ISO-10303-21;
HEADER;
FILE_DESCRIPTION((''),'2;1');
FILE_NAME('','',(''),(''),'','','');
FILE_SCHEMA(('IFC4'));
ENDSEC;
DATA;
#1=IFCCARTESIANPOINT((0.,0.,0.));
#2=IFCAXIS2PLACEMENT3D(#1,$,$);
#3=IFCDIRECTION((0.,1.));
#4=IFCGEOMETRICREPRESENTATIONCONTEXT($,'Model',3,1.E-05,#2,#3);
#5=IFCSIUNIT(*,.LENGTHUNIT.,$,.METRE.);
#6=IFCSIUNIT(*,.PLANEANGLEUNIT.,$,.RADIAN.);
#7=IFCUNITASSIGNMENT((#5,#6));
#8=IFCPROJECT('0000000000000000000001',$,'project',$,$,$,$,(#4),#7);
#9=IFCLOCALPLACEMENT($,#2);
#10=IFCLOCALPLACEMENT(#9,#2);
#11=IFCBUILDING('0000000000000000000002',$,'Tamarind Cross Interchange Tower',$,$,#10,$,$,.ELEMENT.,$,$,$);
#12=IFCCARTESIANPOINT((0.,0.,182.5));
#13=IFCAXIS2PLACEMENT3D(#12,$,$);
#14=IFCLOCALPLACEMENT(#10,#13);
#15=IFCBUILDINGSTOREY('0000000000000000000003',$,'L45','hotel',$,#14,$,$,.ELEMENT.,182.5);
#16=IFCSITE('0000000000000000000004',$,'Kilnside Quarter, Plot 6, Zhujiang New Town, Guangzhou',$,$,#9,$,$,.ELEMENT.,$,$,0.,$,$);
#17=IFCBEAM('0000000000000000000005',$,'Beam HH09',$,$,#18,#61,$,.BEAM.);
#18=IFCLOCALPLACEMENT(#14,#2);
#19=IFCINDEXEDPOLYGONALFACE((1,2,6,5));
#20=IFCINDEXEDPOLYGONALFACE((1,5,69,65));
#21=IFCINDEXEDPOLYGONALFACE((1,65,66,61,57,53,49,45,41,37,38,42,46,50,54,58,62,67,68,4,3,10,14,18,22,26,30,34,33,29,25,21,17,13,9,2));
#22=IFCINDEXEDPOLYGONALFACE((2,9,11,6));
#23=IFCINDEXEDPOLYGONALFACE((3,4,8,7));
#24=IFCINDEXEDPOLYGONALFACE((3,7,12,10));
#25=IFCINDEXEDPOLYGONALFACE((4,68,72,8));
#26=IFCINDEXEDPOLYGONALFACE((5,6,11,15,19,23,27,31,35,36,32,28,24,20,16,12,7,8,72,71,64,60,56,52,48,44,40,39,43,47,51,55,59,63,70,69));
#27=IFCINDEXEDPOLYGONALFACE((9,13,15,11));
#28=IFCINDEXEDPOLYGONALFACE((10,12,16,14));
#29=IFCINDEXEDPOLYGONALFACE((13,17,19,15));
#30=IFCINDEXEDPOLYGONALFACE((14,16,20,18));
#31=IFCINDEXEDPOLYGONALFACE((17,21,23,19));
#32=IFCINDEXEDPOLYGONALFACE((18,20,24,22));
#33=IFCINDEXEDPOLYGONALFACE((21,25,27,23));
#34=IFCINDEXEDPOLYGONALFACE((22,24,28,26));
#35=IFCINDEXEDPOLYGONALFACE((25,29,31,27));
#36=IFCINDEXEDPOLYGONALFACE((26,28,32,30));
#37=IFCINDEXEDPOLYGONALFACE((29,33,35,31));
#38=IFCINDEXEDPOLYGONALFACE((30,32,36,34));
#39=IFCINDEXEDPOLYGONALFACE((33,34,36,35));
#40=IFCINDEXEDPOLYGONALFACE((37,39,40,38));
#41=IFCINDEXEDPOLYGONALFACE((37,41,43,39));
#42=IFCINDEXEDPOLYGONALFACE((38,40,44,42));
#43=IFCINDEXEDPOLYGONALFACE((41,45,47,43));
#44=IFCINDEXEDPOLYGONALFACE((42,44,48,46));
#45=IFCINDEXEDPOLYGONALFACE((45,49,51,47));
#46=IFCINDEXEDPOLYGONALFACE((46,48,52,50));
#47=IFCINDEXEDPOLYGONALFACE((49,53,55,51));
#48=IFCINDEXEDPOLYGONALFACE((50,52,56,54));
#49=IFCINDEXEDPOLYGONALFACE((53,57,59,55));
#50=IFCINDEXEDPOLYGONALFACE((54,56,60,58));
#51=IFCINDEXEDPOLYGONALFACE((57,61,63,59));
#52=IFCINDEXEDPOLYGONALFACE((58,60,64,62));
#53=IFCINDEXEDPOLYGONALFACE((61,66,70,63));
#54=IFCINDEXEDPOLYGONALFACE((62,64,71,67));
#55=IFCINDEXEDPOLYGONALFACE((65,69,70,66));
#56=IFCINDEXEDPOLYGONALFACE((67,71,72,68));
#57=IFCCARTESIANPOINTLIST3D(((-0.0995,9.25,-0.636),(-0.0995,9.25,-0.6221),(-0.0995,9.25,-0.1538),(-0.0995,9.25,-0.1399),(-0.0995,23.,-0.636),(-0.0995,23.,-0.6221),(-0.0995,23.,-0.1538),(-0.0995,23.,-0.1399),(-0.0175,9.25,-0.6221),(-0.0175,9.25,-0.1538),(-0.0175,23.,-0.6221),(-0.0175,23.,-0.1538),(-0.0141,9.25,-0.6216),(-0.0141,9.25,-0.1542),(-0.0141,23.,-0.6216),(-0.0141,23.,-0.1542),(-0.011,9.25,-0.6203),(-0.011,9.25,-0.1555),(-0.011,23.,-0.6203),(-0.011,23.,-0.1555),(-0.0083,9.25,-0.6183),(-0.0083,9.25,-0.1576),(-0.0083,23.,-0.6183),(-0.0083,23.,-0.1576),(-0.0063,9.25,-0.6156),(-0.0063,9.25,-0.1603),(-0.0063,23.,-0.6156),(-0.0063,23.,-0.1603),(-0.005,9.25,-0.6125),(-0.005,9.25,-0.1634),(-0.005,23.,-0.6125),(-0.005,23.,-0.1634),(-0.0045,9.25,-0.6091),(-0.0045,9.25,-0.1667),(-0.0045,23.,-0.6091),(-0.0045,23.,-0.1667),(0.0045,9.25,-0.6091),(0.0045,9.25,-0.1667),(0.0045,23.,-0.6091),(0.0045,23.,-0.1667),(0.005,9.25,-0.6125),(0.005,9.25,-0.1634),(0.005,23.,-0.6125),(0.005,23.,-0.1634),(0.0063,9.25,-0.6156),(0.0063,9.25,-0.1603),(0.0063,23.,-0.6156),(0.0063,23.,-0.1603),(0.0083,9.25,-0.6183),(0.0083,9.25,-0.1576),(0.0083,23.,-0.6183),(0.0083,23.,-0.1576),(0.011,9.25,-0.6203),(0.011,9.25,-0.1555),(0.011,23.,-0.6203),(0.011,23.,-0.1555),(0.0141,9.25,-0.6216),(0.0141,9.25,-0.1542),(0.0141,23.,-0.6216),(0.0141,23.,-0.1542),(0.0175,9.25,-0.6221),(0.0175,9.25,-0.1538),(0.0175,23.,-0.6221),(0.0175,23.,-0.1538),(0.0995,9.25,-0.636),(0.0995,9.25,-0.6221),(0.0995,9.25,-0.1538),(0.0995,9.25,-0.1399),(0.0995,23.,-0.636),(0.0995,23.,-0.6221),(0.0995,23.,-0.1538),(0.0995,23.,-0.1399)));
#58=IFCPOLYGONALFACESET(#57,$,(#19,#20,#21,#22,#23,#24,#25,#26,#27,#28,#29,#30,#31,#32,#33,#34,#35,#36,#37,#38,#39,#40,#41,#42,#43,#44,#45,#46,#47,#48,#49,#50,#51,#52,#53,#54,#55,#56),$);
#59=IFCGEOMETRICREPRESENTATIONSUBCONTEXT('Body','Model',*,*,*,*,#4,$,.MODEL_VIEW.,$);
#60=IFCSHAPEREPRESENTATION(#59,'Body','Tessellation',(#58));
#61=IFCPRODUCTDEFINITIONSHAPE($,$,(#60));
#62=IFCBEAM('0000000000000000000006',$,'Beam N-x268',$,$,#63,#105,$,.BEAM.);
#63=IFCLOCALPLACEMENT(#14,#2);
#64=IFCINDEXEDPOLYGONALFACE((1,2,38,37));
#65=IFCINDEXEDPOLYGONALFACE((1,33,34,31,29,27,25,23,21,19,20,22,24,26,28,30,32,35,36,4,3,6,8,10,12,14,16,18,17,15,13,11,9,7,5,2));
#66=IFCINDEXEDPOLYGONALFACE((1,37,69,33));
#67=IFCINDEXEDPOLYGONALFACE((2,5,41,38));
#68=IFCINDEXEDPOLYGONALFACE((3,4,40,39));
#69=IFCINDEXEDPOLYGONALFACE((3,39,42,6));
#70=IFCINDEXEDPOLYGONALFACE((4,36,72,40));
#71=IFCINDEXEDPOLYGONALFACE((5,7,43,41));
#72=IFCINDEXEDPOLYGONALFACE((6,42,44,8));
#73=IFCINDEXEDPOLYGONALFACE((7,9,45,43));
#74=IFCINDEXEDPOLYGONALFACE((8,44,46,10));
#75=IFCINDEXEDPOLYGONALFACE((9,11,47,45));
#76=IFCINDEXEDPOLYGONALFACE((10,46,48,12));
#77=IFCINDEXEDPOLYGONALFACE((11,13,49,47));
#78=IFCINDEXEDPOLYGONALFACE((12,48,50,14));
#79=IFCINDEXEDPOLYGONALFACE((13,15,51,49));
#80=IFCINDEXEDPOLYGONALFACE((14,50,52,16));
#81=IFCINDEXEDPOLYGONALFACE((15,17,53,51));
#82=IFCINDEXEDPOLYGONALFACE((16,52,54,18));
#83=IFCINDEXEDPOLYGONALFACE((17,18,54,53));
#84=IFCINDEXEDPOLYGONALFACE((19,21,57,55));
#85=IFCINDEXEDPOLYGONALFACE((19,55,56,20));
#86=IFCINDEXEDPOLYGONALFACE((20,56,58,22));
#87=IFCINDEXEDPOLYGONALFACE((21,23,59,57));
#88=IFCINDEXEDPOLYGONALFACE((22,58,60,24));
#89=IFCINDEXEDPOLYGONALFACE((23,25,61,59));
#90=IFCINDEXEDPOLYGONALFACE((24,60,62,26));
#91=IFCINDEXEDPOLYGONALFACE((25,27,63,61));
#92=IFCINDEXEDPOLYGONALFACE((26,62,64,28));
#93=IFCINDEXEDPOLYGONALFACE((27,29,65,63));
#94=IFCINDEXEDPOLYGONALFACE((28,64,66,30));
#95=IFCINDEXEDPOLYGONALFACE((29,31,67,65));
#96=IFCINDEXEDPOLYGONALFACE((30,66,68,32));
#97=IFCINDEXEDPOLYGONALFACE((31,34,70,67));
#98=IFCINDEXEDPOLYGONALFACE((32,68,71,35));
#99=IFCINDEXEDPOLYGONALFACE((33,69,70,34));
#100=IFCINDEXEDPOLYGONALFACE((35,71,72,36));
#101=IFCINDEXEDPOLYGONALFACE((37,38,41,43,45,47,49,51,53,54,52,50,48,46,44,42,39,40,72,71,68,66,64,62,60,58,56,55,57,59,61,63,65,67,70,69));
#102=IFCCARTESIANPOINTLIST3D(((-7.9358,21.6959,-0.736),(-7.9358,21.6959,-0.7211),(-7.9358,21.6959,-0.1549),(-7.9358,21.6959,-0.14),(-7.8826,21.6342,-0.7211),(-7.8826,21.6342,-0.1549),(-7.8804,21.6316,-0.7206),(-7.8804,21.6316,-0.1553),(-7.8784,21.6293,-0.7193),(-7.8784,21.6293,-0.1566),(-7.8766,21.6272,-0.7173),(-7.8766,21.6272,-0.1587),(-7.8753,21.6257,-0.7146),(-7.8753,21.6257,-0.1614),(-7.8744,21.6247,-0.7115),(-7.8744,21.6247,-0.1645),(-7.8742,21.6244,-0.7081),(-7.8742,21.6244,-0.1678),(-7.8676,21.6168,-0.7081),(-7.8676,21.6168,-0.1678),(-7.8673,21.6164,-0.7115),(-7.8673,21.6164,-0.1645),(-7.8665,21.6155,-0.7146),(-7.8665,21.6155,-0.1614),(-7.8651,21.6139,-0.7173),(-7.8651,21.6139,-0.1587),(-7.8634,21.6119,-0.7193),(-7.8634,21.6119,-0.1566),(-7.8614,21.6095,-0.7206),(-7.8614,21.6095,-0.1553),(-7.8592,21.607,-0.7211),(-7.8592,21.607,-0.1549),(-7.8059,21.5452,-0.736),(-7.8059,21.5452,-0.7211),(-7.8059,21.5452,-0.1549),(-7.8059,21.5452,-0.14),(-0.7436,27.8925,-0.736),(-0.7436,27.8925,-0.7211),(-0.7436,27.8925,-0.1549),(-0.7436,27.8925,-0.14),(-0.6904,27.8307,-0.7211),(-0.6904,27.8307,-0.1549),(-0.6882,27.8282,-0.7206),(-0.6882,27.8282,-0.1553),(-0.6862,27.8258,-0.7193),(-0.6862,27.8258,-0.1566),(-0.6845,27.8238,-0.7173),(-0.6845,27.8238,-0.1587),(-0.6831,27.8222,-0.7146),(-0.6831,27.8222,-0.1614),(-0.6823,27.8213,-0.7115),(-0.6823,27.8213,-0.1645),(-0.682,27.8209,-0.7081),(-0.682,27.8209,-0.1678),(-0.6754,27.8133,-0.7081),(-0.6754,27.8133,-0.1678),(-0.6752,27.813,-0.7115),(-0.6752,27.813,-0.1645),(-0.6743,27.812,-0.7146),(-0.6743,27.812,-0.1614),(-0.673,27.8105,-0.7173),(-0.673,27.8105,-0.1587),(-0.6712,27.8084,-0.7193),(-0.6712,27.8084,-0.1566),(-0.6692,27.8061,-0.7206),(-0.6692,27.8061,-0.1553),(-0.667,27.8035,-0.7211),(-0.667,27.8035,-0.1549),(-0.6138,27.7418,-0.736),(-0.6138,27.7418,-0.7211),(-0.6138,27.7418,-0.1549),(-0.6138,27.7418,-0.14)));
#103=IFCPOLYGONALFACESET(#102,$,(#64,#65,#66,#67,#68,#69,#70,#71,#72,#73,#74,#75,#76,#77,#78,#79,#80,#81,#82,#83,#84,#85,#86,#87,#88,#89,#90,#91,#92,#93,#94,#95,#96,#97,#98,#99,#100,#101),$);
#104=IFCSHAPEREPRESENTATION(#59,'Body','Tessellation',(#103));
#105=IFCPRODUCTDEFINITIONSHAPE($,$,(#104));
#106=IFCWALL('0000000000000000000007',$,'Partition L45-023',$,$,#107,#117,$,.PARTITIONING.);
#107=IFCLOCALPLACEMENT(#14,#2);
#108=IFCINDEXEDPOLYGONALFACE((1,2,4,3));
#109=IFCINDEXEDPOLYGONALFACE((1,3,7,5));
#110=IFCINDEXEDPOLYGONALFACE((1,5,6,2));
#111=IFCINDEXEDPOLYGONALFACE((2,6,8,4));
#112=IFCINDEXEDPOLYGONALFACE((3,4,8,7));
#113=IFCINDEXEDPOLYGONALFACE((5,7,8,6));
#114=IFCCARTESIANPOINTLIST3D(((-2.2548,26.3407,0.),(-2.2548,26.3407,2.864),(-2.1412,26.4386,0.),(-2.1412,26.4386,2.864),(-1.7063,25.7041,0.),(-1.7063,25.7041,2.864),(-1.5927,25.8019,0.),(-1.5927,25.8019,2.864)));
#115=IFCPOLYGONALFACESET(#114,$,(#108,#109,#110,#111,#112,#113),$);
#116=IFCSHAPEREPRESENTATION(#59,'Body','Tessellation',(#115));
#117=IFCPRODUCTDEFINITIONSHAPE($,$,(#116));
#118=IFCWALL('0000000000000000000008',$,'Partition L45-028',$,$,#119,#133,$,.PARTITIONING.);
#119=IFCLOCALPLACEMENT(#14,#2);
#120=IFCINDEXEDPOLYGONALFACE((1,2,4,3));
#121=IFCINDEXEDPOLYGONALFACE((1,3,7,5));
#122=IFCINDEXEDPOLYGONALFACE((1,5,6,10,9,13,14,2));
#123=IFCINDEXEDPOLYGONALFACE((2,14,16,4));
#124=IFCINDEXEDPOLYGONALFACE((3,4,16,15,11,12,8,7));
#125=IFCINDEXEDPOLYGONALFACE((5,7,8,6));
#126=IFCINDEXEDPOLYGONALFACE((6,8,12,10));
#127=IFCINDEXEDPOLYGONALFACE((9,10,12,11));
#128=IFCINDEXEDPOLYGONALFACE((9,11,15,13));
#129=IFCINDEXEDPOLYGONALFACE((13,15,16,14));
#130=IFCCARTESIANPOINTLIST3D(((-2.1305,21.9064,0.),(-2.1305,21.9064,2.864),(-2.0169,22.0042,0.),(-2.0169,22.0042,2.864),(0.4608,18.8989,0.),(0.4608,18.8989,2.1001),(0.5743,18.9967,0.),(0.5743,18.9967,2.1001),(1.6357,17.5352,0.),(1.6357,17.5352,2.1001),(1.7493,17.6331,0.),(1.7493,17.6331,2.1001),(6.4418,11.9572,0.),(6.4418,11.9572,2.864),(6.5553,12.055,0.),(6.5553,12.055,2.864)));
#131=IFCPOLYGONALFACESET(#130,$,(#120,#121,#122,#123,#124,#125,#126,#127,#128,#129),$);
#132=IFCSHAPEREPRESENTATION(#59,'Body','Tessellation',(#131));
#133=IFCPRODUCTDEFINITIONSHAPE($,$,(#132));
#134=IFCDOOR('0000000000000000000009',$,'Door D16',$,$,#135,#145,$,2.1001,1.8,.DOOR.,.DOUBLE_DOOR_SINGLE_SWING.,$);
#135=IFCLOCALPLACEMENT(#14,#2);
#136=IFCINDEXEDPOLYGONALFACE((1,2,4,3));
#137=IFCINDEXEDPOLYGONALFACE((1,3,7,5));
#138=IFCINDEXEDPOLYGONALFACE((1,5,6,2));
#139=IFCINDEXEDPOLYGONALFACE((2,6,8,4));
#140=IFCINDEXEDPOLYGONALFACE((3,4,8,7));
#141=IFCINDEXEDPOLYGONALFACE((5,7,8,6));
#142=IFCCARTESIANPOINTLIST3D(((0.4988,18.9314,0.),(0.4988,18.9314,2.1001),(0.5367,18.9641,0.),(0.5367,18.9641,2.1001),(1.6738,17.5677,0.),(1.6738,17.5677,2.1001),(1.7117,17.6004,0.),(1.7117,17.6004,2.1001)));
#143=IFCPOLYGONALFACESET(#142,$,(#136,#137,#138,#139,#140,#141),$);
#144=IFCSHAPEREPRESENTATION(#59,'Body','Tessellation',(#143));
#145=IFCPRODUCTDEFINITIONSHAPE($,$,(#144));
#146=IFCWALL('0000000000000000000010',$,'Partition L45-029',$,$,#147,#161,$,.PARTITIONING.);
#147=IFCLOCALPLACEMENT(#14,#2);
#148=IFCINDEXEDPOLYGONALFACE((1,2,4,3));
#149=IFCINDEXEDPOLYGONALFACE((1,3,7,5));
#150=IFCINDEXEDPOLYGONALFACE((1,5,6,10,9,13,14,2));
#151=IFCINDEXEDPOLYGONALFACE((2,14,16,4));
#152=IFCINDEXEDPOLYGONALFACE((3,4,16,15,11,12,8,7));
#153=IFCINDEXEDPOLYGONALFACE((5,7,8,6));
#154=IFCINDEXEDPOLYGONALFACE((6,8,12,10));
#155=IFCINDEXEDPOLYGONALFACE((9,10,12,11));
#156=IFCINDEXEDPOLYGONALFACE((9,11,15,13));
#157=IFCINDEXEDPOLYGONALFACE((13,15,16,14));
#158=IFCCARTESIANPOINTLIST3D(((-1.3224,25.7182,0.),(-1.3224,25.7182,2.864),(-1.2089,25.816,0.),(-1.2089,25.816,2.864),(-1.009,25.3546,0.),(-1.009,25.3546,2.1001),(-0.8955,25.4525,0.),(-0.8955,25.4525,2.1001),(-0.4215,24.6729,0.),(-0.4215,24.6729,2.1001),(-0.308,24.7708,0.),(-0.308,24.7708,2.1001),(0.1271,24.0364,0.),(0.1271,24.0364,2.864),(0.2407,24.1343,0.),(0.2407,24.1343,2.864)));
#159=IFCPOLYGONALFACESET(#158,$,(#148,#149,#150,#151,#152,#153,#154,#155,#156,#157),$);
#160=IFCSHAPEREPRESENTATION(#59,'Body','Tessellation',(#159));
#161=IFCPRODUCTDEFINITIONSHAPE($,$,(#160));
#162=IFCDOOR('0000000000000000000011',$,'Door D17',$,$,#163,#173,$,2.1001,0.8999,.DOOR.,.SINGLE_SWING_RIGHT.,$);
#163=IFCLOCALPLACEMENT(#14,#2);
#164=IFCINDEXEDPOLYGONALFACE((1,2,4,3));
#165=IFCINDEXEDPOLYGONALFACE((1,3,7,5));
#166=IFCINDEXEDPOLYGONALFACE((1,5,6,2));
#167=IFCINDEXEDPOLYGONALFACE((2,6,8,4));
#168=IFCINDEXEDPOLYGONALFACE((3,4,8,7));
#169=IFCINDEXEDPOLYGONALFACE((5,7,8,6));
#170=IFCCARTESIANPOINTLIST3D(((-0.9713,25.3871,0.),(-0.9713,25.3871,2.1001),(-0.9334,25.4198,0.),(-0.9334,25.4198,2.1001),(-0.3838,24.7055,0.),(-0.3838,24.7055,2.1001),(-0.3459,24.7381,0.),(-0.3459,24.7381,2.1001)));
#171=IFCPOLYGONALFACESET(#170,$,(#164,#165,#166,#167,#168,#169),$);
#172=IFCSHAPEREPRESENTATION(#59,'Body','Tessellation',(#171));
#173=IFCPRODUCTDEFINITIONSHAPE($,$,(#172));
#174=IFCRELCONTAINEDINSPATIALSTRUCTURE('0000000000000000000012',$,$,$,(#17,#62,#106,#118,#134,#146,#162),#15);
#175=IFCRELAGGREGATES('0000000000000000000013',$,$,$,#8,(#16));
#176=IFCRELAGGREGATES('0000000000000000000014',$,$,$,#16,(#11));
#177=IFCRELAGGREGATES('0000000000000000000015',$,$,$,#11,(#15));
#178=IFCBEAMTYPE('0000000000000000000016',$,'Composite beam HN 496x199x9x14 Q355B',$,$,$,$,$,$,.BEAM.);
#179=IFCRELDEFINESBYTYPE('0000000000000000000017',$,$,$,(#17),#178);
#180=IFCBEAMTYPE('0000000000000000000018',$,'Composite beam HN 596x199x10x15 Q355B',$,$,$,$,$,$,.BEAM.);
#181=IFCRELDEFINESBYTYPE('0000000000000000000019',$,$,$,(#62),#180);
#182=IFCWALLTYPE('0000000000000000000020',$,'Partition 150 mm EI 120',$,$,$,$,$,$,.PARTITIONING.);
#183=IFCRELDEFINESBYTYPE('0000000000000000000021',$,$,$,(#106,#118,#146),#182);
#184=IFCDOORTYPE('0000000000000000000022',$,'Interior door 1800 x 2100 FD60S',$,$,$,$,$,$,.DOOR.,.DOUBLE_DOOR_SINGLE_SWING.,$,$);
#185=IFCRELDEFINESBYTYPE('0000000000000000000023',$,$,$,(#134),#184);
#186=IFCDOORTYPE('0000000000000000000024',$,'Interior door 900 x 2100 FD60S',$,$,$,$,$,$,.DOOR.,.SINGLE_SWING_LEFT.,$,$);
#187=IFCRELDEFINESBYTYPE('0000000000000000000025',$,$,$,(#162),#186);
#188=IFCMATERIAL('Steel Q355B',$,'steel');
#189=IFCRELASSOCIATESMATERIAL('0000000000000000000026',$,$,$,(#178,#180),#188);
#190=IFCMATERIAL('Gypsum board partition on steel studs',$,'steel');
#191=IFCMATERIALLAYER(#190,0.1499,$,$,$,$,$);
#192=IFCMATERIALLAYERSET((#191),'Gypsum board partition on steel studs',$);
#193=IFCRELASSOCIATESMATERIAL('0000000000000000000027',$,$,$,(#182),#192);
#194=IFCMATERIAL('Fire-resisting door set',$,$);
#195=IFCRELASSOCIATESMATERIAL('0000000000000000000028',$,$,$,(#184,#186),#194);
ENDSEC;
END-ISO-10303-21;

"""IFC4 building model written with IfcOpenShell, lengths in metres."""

from ifc_helpers import new_model, si_unit, direction, frame, frame_2d, origin, origin_2d, place, context, subcontext, project, spatial, rectangle, i_section, extrude, material, layer, layer_set, material_profile, profile_set, type_object, element, fill, save


model = new_model("IFC4")

# Units and contexts
model_context = context("Model", 3, precision=1e-05, world=origin(), true_north=direction((0.0, 1.0)))
body_context = subcontext(model_context, "Body", "Model", "MODEL_VIEW")
ifc_project = project(units=[si_unit("LENGTHUNIT", "METRE"), si_unit("PLANEANGLEUNIT", "RADIAN")], contexts=[model_context])

# Site, building, storey
site_placement = place(None, origin())
site = spatial("IfcSite", under=ifc_project, at=site_placement, Name="Kilnside Quarter, Plot 6, Zhujiang New Town, Guangzhou", CompositionType="ELEMENT", RefElevation=0.0)
building_placement = place(site_placement, origin())
building = spatial("IfcBuilding", under=site, at=building_placement, Name="Tamarind Cross Interchange Tower", CompositionType="ELEMENT")
storey_placement = place(building_placement, frame((0.0, 0.0, 182.5)))
storey = spatial("IfcBuildingStorey", under=building, at=storey_placement, Name="L45", Description="hotel", CompositionType="ELEMENT", Elevation=182.5)

# Beams
ifc_material_1 = material(Name="Steel Q355B", Category="steel")
ifc_material_profile_1 = material_profile(ifc_material_1, i_section(OverallWidth=0.199, OverallDepth=0.4961, WebThickness=0.009, FlangeThickness=0.0139, FilletRadius=0.0129, at=origin_2d()), Name="HN 496x199x9x14")
ifc_profile_set_1 = profile_set([ifc_material_profile_1], Name="Steel Q355B")
beam_type_1 = type_object("IfcBeamType", Name="Composite beam HN 496x199x9x14 Q355B", PredefinedType="BEAM", material=ifc_profile_set_1)
beam_1_placement = place(storey_placement, frame((0.0, 23.0, -0.3879), z_axis=(0.0, -1.0, 0.0), x_axis=(1.0, 0.0, 0.0)))
element("IfcBeam", 1, at=beam_1_placement, inside=storey, type_object=beam_type_1, Name="Beam HH09", PredefinedType="BEAM", context=body_context, shape_type="SweptSolid", body=[
    extrude(i_section(OverallWidth=0.199, OverallDepth=0.4961, WebThickness=0.009, FlangeThickness=0.0139, FilletRadius=0.0129, at=origin_2d()), origin(), (0.0, 0.0, 1.0), 13.75),
])
ifc_material_profile_2 = material_profile(ifc_material_1, i_section(OverallWidth=0.199, OverallDepth=0.5959, WebThickness=0.01, FlangeThickness=0.0149, FilletRadius=0.0129, at=origin_2d()), Name="HN 596x199x10x15")
ifc_profile_set_2 = profile_set([ifc_material_profile_2], Name="Steel Q355B")
beam_type_2 = type_object("IfcBeamType", Name="Composite beam HN 596x199x10x15 Q355B", PredefinedType="BEAM", material=ifc_profile_set_2)
beam_2_placement = place(storey_placement, frame((-0.6787, 27.8171, -0.438), z_axis=(-0.757597, -0.652723, 0.0), x_axis=(0.652723, -0.757597, 0.0)))
element("IfcBeam", 2, at=beam_2_placement, inside=storey, type_object=beam_type_2, Name="Beam N-x268", PredefinedType="BEAM", context=body_context, shape_type="SweptSolid", body=[
    extrude(i_section(OverallWidth=0.199, OverallDepth=0.5959, WebThickness=0.01, FlangeThickness=0.0149, FilletRadius=0.0129, at=origin_2d()), origin(), (0.0, 0.0, 1.0), 9.4934),
])

# Wall
ifc_material_2 = material(Name="Gypsum board partition on steel studs", Category="steel")
ifc_layer_1 = layer(ifc_material_2, 0.1499)
ifc_layer_set_1 = layer_set([ifc_layer_1], Name="Gypsum board partition on steel studs")
wall_type_1 = type_object("IfcWallType", Name="Partition 150 mm EI 120", PredefinedType="PARTITIONING", material=ifc_layer_set_1)
wall_1_placement = place(storey_placement, frame((-2.198, 26.3896, 0.0), z_axis=(0.0, 0.0, 1.0), x_axis=(0.652727, -0.757593, 0.0)))
element("IfcWall", 3, at=wall_1_placement, inside=storey, type_object=wall_type_1, Name="Partition L45-023", PredefinedType="PARTITIONING", context=body_context, shape_type="SweptSolid", body=[
    extrude(rectangle(XDim=0.8403, YDim=0.1499, at=frame_2d((0.4202, 0.0))), origin(), (0.0, 0.0, 1.0), 2.864),
])

# Walls, openings, doors
wall_2_placement = place(storey_placement, frame((-2.0737, 21.9553, 0.0), z_axis=(0.0, 0.0, 1.0), x_axis=(0.652737, -0.757585, 0.0)))
wall_2 = element("IfcWall", 4, at=wall_2_placement, inside=storey, type_object=wall_type_1, Name="Partition L45-028", PredefinedType="PARTITIONING", context=body_context, shape_type="SweptSolid", body=[
    extrude(rectangle(XDim=13.1328, YDim=0.1499, at=frame_2d((6.5664, 0.0))), origin(), (0.0, 0.0, 1.0), 2.864),
])
opening_1_placement = place(wall_2_placement, frame((3.97, 0.0, 0.0)))
opening_1 = element("IfcOpeningElement", 5, at=opening_1_placement, cuts=wall_2, PredefinedType="OPENING", context=body_context, shape_type="SweptSolid", body=[
    extrude(rectangle(XDim=1.8, YDim=2.1001, at=frame_2d((0.8999, 1.05))), frame((0.0, 0.085, 0.0), z_axis=(0.0, -1.0, 0.0), x_axis=(1.0, 0.0, 0.0)), (0.0, 0.0, 1.0), 0.1699),
])
ifc_material_3 = material(Name="Fire-resisting door set")
door_type_1 = type_object("IfcDoorType", Name="Interior door 1800 x 2100 FD60S", OperationType="DOUBLE_DOOR_SINGLE_SWING", PredefinedType="DOOR", material=ifc_material_3)
door_1_placement = place(opening_1_placement, frame((1.8, 0.0, 0.0), z_axis=(0.0, 0.0, 1.0), x_axis=(-1.0, 0.0, 0.0)))
door_1 = element("IfcDoor", 6, at=door_1_placement, inside=storey, type_object=door_type_1, Name="Door D16", OperationType="DOUBLE_DOOR_SINGLE_SWING", OverallHeight=2.1001, OverallWidth=1.8, PredefinedType="DOOR", context=body_context, shape_type="SweptSolid", body=[
    extrude(rectangle(XDim=1.8, YDim=2.1001, at=frame_2d((0.8999, 1.05))), frame((0.0, 0.0249, 0.0), z_axis=(0.0, -1.0, 0.0), x_axis=(1.0, 0.0, 0.0)), (0.0, 0.0, 1.0), 0.05),
])
fill(opening_1, door_1)
wall_3_placement = place(storey_placement, frame((-1.2656, 25.7671, 0.0), z_axis=(0.0, 0.0, 1.0), x_axis=(0.652881, -0.757461, 0.0)))
wall_3 = element("IfcWall", 7, at=wall_3_placement, inside=storey, type_object=wall_type_1, Name="Partition L45-029", PredefinedType="PARTITIONING", context=body_context, shape_type="SweptSolid", body=[
    extrude(rectangle(XDim=2.2202, YDim=0.1499, at=frame_2d((1.1101, 0.0))), origin(), (0.0, 0.0, 1.0), 2.864),
])
opening_2_placement = place(wall_3_placement, frame((0.48, 0.0, 0.0)))
opening_2 = element("IfcOpeningElement", 8, at=opening_2_placement, cuts=wall_3, PredefinedType="OPENING", context=body_context, shape_type="SweptSolid", body=[
    extrude(rectangle(XDim=0.8999, YDim=2.1001, at=frame_2d((0.45, 1.05))), frame((0.0, 0.085, 0.0), z_axis=(0.0, -1.0, 0.0), x_axis=(1.0, 0.0, 0.0)), (0.0, 0.0, 1.0), 0.1699),
])
door_type_2 = type_object("IfcDoorType", Name="Interior door 900 x 2100 FD60S", OperationType="SINGLE_SWING_LEFT", PredefinedType="DOOR", material=ifc_material_3)
door_2_placement = place(opening_2_placement, origin())
door_2 = element("IfcDoor", 9, at=door_2_placement, inside=storey, type_object=door_type_2, Name="Door D17", OperationType="SINGLE_SWING_RIGHT", OverallHeight=2.1001, OverallWidth=0.8999, PredefinedType="DOOR", context=body_context, shape_type="SweptSolid", body=[
    extrude(rectangle(XDim=0.8999, YDim=2.1001, at=frame_2d((0.45, 1.05))), frame((0.0, 0.0249, 0.0), z_axis=(0.0, -1.0, 0.0), x_axis=(1.0, 0.0, 0.0)), (0.0, 0.0, 1.0), 0.05),
])
fill(opening_2, door_2)

save(model, "model.ifc")
